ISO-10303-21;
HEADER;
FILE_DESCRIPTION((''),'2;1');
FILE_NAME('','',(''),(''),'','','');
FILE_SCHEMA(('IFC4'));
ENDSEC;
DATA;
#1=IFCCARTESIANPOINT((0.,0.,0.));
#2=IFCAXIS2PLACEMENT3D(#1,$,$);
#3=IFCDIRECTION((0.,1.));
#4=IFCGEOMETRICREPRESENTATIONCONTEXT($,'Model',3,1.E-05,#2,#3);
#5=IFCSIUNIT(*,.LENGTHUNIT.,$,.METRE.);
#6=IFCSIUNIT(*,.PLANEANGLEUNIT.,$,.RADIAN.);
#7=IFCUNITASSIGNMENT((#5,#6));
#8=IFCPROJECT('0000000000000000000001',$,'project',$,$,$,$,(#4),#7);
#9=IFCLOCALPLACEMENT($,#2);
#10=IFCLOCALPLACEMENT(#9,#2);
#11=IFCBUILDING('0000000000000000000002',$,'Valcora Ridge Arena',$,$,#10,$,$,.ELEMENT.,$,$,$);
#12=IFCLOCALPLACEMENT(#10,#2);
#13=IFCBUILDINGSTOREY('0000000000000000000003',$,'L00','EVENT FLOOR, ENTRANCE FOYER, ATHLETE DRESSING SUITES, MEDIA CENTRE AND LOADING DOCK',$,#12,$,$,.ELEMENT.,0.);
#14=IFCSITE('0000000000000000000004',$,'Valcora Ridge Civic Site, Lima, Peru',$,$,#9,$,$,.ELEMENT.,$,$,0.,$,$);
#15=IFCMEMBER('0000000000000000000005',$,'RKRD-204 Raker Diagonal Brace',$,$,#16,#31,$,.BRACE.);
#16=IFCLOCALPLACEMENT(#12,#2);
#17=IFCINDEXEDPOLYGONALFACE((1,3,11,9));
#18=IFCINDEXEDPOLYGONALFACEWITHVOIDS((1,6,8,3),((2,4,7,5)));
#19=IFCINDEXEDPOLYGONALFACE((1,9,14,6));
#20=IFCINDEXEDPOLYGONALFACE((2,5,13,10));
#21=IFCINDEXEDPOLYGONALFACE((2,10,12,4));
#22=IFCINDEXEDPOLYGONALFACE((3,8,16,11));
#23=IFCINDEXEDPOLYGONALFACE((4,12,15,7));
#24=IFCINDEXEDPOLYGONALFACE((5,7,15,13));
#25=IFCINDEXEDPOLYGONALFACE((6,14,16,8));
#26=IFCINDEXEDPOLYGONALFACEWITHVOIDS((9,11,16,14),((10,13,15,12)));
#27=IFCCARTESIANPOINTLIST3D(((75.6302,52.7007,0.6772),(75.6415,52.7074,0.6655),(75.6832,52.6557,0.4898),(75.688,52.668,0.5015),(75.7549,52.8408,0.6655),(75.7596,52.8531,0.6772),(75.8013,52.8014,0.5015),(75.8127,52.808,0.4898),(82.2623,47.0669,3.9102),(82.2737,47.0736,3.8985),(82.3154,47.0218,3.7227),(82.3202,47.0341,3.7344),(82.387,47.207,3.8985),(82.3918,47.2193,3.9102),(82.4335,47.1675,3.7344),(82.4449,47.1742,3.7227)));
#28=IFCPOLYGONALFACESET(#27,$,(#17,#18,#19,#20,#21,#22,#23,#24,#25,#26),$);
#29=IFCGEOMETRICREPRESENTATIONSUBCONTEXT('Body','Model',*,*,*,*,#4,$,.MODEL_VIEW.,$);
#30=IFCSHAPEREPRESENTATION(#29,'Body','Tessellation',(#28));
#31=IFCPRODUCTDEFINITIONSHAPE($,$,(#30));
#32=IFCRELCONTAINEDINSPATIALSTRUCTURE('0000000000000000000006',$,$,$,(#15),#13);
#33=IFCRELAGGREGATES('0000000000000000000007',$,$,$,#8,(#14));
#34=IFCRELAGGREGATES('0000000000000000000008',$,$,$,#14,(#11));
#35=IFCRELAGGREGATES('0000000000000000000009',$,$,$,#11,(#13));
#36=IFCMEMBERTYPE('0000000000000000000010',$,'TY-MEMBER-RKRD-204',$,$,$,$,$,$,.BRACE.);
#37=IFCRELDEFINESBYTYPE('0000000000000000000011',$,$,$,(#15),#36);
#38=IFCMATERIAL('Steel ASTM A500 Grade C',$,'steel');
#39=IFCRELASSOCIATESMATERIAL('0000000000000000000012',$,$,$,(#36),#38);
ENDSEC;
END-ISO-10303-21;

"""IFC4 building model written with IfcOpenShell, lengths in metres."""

from ifc_helpers import new_model, si_unit, direction, frame, origin, origin_2d, place, context, subcontext, project, spatial, hollow_rectangle, extrude, material, material_profile, profile_set, type_object, element, save


model = new_model("IFC4")

# Units and contexts
model_context = context("Model", 3, precision=1e-05, world=origin(), true_north=direction((0.0, 1.0)))
body_context = subcontext(model_context, "Body", "Model", "MODEL_VIEW")
ifc_project = project(units=[si_unit("LENGTHUNIT", "METRE"), si_unit("PLANEANGLEUNIT", "RADIAN")], contexts=[model_context])

# Site, building, storey
site_placement = place(None, origin())
site = spatial("IfcSite", under=ifc_project, at=site_placement, Name="Valcora Ridge Civic Site, Lima, Peru", CompositionType="ELEMENT", RefElevation=0.0)
building_placement = place(site_placement, origin())
building = spatial("IfcBuilding", under=site, at=building_placement, Name="Valcora Ridge Arena", CompositionType="ELEMENT")
storey_placement = place(building_placement, origin())
storey = spatial("IfcBuildingStorey", under=building, at=storey_placement, Name="L00", Description="EVENT FLOOR, ENTRANCE FOYER, ATHLETE DRESSING SUITES, MEDIA CENTRE AND LOADING DOCK", CompositionType="ELEMENT", Elevation=0.0)

# Member
ifc_material_1 = material(Name="Steel ASTM A500 Grade C", Category="steel")
ifc_material_profile_1 = material_profile(ifc_material_1, hollow_rectangle(XDim=0.2, YDim=0.2, WallThickness=0.0125, at=origin_2d()), Name="HSS200X200X12")
ifc_profile_set_1 = profile_set([ifc_material_profile_1], Name="Steel ASTM A500 Grade C")
member_type_1 = type_object("IfcMemberType", Name="TY-MEMBER-RKRD-204", PredefinedType="BRACE", material=ifc_profile_set_1)
member_1_placement = place(storey_placement, frame((75.7214, 52.7544, 0.5835), z_axis=(0.714426, -0.606887, 0.348258), x_axis=(0.647416, 0.762137, 0.0)))
element("IfcMember", 1, at=member_1_placement, inside=storey, type_object=member_type_1, Name="RKRD-204 Raker Diagonal Brace", PredefinedType="BRACE", context=body_context, shape_type="SweptSolid", body=[
    extrude(hollow_rectangle(XDim=0.2, YDim=0.2, WallThickness=0.0125, at=origin_2d()), origin(), (0.0, 0.0, 1.0), 9.2832),
])

save(model, "model.ifc")
